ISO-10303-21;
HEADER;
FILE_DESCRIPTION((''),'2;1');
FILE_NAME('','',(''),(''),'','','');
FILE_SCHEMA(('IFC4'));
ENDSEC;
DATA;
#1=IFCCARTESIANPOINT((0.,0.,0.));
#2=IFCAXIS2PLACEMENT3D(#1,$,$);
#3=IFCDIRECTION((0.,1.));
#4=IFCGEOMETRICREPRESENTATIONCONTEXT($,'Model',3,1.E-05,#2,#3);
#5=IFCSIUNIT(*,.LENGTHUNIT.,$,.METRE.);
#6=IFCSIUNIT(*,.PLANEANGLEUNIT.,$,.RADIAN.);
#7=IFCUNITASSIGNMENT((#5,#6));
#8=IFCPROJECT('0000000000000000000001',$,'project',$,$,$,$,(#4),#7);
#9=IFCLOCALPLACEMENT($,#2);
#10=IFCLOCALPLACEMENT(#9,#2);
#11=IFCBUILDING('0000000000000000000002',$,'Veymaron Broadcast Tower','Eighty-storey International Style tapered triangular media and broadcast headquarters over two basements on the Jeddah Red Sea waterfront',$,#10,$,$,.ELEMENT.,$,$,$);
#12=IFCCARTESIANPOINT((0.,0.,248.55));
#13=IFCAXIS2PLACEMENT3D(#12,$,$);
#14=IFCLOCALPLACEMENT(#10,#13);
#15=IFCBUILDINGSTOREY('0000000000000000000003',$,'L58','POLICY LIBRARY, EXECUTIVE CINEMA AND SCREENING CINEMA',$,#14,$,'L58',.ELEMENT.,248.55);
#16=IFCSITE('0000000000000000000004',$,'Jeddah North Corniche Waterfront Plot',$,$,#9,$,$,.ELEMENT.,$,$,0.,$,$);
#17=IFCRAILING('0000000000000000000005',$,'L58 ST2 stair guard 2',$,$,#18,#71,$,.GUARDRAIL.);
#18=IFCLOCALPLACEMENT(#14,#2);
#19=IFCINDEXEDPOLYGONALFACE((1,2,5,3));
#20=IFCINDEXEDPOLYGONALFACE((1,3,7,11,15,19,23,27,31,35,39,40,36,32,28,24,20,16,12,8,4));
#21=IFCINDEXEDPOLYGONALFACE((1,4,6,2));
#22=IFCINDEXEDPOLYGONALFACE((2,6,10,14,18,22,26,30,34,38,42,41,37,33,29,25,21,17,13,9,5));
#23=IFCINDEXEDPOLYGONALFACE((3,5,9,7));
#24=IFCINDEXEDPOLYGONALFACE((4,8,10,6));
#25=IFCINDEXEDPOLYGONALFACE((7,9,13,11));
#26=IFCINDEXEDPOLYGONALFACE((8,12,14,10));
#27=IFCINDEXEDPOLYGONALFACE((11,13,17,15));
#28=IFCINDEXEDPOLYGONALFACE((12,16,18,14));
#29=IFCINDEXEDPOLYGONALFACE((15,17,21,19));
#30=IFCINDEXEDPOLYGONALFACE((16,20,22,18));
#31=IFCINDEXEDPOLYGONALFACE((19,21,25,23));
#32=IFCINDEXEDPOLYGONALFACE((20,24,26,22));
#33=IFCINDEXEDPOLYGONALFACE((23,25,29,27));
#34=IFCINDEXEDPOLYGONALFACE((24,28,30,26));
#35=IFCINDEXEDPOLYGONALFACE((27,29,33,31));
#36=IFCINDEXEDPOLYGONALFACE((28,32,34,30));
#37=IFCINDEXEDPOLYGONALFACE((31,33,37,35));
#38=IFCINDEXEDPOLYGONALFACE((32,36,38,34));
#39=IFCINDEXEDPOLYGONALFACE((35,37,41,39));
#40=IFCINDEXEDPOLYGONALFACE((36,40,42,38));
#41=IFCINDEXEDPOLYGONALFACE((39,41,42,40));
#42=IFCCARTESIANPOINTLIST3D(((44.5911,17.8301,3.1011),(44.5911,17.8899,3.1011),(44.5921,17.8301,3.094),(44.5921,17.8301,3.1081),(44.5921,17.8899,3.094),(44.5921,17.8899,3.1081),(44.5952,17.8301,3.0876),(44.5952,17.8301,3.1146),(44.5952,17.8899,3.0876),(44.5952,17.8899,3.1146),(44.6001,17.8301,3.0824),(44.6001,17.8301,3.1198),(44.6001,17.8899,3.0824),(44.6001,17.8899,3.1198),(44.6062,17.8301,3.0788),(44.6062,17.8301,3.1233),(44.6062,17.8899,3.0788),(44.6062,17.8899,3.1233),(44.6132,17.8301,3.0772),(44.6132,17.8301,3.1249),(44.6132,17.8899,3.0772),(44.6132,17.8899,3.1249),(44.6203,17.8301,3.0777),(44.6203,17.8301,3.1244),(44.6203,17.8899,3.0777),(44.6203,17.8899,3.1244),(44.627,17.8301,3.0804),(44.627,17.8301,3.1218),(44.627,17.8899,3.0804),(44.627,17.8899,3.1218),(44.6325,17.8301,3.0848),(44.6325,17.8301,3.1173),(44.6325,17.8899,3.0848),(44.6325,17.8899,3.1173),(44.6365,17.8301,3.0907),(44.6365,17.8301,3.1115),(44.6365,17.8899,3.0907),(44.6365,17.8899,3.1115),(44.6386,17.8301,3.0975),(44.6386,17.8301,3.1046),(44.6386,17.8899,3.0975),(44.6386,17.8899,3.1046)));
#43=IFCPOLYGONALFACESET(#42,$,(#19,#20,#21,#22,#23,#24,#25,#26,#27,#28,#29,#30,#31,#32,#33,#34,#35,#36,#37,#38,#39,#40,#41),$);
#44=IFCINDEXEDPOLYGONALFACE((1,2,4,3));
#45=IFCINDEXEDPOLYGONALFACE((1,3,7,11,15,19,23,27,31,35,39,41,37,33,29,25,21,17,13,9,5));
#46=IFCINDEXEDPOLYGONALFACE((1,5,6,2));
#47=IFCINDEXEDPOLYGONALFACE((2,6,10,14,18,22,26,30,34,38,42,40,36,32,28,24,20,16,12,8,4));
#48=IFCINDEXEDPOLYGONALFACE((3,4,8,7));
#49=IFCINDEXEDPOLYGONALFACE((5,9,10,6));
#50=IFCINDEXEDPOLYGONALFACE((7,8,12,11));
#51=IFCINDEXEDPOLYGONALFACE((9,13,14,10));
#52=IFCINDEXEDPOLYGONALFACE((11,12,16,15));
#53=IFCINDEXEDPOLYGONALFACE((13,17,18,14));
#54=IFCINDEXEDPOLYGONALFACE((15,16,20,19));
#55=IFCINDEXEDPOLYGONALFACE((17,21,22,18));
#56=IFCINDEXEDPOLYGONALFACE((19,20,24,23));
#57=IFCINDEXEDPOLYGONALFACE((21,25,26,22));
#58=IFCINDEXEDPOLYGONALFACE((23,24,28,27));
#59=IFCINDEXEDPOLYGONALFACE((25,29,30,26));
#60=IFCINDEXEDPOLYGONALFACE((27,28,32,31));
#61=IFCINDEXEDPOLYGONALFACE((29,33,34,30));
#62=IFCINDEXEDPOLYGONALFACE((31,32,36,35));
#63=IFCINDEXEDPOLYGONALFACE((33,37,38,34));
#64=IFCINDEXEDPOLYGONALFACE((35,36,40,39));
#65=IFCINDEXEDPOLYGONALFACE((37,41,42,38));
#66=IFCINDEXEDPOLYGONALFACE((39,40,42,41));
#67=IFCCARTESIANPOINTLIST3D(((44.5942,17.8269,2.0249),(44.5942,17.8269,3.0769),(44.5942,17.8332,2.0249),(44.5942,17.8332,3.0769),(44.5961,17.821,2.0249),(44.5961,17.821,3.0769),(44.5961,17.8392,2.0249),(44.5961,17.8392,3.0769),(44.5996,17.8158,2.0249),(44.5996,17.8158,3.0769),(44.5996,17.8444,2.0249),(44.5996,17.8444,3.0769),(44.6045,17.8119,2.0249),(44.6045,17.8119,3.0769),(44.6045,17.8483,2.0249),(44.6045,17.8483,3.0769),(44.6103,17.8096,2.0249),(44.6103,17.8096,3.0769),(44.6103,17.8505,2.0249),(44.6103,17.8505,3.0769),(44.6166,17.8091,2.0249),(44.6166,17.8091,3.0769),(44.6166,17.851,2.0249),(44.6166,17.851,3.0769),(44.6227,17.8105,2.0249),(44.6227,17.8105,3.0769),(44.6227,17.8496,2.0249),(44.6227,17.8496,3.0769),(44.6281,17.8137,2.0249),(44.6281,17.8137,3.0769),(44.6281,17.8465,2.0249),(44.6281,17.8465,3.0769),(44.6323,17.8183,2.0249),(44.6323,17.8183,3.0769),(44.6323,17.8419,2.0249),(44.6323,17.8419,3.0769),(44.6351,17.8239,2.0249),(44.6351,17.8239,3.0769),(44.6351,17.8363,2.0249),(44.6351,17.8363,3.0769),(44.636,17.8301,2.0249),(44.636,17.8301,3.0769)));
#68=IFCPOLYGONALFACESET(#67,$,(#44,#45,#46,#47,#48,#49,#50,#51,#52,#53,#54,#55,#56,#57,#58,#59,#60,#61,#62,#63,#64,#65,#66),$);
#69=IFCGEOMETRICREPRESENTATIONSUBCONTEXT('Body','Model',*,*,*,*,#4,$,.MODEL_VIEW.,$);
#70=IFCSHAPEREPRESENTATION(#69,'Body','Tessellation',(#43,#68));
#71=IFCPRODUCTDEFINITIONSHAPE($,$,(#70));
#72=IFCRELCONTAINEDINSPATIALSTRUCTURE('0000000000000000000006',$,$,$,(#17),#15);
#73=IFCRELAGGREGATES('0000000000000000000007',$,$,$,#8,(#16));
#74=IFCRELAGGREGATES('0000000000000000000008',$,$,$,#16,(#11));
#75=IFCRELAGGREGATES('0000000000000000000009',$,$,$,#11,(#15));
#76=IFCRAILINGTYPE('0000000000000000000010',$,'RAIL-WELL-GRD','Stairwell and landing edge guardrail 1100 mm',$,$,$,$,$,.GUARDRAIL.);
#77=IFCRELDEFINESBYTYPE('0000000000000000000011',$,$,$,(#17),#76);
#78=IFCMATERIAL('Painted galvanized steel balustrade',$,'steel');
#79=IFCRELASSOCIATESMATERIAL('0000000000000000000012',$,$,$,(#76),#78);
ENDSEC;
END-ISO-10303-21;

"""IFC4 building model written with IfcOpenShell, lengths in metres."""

from ifc_helpers import new_model, si_unit, direction, frame, origin, origin_2d, place, context, subcontext, project, spatial, circle, extrude, material, type_object, element, save


model = new_model("IFC4")

# Units and contexts
model_context = context("Model", 3, precision=1e-05, world=origin(), true_north=direction((0.0, 1.0)))
body_context = subcontext(model_context, "Body", "Model", "MODEL_VIEW")
ifc_project = project(units=[si_unit("LENGTHUNIT", "METRE"), si_unit("PLANEANGLEUNIT", "RADIAN")], contexts=[model_context])

# Site, building, storey
site_placement = place(None, origin())
site = spatial("IfcSite", under=ifc_project, at=site_placement, Name="Jeddah North Corniche Waterfront Plot", CompositionType="ELEMENT", RefElevation=0.0)
building_placement = place(site_placement, origin())
building = spatial("IfcBuilding", under=site, at=building_placement, Name="Veymaron Broadcast Tower", Description="Eighty-storey International Style tapered triangular media and broadcast headquarters over two basements on the Jeddah Red Sea waterfront", CompositionType="ELEMENT")
storey_placement = place(building_placement, frame((0.0, 0.0, 248.55)))
storey = spatial("IfcBuildingStorey", under=building, at=storey_placement, Name="L58", Description="POLICY LIBRARY, EXECUTIVE CINEMA AND SCREENING CINEMA", LongName="L58", CompositionType="ELEMENT", Elevation=248.55)

# Railing
ifc_material_1 = material(Name="Painted galvanized steel balustrade", Category="steel")
railing_type_1 = type_object("IfcRailingType", Name="RAIL-WELL-GRD", Description="Stairwell and landing edge guardrail 1100 mm", PredefinedType="GUARDRAIL", material=ifc_material_1)
railing_1_placement = place(storey_placement, frame((44.615, 17.8301, 2.0249)))
element("IfcRailing", 1, at=railing_1_placement, inside=storey, type_object=railing_type_1, Name="L58 ST2 stair guard 2", PredefinedType="GUARDRAIL", context=body_context, shape_type="SweptSolid", body=[
    extrude(circle(Radius=0.0239, at=origin_2d()), frame((0.0, 0.0, 1.0762), z_axis=(0.0, 1.0, 0.0), x_axis=(-1.0, 0.0, 0.0)), (0.0, 0.0, 1.0), 0.0598),
    extrude(circle(Radius=0.021, at=origin_2d()), origin(), (0.0, 0.0, 1.0), 1.052),
])

save(model, "model.ifc")
